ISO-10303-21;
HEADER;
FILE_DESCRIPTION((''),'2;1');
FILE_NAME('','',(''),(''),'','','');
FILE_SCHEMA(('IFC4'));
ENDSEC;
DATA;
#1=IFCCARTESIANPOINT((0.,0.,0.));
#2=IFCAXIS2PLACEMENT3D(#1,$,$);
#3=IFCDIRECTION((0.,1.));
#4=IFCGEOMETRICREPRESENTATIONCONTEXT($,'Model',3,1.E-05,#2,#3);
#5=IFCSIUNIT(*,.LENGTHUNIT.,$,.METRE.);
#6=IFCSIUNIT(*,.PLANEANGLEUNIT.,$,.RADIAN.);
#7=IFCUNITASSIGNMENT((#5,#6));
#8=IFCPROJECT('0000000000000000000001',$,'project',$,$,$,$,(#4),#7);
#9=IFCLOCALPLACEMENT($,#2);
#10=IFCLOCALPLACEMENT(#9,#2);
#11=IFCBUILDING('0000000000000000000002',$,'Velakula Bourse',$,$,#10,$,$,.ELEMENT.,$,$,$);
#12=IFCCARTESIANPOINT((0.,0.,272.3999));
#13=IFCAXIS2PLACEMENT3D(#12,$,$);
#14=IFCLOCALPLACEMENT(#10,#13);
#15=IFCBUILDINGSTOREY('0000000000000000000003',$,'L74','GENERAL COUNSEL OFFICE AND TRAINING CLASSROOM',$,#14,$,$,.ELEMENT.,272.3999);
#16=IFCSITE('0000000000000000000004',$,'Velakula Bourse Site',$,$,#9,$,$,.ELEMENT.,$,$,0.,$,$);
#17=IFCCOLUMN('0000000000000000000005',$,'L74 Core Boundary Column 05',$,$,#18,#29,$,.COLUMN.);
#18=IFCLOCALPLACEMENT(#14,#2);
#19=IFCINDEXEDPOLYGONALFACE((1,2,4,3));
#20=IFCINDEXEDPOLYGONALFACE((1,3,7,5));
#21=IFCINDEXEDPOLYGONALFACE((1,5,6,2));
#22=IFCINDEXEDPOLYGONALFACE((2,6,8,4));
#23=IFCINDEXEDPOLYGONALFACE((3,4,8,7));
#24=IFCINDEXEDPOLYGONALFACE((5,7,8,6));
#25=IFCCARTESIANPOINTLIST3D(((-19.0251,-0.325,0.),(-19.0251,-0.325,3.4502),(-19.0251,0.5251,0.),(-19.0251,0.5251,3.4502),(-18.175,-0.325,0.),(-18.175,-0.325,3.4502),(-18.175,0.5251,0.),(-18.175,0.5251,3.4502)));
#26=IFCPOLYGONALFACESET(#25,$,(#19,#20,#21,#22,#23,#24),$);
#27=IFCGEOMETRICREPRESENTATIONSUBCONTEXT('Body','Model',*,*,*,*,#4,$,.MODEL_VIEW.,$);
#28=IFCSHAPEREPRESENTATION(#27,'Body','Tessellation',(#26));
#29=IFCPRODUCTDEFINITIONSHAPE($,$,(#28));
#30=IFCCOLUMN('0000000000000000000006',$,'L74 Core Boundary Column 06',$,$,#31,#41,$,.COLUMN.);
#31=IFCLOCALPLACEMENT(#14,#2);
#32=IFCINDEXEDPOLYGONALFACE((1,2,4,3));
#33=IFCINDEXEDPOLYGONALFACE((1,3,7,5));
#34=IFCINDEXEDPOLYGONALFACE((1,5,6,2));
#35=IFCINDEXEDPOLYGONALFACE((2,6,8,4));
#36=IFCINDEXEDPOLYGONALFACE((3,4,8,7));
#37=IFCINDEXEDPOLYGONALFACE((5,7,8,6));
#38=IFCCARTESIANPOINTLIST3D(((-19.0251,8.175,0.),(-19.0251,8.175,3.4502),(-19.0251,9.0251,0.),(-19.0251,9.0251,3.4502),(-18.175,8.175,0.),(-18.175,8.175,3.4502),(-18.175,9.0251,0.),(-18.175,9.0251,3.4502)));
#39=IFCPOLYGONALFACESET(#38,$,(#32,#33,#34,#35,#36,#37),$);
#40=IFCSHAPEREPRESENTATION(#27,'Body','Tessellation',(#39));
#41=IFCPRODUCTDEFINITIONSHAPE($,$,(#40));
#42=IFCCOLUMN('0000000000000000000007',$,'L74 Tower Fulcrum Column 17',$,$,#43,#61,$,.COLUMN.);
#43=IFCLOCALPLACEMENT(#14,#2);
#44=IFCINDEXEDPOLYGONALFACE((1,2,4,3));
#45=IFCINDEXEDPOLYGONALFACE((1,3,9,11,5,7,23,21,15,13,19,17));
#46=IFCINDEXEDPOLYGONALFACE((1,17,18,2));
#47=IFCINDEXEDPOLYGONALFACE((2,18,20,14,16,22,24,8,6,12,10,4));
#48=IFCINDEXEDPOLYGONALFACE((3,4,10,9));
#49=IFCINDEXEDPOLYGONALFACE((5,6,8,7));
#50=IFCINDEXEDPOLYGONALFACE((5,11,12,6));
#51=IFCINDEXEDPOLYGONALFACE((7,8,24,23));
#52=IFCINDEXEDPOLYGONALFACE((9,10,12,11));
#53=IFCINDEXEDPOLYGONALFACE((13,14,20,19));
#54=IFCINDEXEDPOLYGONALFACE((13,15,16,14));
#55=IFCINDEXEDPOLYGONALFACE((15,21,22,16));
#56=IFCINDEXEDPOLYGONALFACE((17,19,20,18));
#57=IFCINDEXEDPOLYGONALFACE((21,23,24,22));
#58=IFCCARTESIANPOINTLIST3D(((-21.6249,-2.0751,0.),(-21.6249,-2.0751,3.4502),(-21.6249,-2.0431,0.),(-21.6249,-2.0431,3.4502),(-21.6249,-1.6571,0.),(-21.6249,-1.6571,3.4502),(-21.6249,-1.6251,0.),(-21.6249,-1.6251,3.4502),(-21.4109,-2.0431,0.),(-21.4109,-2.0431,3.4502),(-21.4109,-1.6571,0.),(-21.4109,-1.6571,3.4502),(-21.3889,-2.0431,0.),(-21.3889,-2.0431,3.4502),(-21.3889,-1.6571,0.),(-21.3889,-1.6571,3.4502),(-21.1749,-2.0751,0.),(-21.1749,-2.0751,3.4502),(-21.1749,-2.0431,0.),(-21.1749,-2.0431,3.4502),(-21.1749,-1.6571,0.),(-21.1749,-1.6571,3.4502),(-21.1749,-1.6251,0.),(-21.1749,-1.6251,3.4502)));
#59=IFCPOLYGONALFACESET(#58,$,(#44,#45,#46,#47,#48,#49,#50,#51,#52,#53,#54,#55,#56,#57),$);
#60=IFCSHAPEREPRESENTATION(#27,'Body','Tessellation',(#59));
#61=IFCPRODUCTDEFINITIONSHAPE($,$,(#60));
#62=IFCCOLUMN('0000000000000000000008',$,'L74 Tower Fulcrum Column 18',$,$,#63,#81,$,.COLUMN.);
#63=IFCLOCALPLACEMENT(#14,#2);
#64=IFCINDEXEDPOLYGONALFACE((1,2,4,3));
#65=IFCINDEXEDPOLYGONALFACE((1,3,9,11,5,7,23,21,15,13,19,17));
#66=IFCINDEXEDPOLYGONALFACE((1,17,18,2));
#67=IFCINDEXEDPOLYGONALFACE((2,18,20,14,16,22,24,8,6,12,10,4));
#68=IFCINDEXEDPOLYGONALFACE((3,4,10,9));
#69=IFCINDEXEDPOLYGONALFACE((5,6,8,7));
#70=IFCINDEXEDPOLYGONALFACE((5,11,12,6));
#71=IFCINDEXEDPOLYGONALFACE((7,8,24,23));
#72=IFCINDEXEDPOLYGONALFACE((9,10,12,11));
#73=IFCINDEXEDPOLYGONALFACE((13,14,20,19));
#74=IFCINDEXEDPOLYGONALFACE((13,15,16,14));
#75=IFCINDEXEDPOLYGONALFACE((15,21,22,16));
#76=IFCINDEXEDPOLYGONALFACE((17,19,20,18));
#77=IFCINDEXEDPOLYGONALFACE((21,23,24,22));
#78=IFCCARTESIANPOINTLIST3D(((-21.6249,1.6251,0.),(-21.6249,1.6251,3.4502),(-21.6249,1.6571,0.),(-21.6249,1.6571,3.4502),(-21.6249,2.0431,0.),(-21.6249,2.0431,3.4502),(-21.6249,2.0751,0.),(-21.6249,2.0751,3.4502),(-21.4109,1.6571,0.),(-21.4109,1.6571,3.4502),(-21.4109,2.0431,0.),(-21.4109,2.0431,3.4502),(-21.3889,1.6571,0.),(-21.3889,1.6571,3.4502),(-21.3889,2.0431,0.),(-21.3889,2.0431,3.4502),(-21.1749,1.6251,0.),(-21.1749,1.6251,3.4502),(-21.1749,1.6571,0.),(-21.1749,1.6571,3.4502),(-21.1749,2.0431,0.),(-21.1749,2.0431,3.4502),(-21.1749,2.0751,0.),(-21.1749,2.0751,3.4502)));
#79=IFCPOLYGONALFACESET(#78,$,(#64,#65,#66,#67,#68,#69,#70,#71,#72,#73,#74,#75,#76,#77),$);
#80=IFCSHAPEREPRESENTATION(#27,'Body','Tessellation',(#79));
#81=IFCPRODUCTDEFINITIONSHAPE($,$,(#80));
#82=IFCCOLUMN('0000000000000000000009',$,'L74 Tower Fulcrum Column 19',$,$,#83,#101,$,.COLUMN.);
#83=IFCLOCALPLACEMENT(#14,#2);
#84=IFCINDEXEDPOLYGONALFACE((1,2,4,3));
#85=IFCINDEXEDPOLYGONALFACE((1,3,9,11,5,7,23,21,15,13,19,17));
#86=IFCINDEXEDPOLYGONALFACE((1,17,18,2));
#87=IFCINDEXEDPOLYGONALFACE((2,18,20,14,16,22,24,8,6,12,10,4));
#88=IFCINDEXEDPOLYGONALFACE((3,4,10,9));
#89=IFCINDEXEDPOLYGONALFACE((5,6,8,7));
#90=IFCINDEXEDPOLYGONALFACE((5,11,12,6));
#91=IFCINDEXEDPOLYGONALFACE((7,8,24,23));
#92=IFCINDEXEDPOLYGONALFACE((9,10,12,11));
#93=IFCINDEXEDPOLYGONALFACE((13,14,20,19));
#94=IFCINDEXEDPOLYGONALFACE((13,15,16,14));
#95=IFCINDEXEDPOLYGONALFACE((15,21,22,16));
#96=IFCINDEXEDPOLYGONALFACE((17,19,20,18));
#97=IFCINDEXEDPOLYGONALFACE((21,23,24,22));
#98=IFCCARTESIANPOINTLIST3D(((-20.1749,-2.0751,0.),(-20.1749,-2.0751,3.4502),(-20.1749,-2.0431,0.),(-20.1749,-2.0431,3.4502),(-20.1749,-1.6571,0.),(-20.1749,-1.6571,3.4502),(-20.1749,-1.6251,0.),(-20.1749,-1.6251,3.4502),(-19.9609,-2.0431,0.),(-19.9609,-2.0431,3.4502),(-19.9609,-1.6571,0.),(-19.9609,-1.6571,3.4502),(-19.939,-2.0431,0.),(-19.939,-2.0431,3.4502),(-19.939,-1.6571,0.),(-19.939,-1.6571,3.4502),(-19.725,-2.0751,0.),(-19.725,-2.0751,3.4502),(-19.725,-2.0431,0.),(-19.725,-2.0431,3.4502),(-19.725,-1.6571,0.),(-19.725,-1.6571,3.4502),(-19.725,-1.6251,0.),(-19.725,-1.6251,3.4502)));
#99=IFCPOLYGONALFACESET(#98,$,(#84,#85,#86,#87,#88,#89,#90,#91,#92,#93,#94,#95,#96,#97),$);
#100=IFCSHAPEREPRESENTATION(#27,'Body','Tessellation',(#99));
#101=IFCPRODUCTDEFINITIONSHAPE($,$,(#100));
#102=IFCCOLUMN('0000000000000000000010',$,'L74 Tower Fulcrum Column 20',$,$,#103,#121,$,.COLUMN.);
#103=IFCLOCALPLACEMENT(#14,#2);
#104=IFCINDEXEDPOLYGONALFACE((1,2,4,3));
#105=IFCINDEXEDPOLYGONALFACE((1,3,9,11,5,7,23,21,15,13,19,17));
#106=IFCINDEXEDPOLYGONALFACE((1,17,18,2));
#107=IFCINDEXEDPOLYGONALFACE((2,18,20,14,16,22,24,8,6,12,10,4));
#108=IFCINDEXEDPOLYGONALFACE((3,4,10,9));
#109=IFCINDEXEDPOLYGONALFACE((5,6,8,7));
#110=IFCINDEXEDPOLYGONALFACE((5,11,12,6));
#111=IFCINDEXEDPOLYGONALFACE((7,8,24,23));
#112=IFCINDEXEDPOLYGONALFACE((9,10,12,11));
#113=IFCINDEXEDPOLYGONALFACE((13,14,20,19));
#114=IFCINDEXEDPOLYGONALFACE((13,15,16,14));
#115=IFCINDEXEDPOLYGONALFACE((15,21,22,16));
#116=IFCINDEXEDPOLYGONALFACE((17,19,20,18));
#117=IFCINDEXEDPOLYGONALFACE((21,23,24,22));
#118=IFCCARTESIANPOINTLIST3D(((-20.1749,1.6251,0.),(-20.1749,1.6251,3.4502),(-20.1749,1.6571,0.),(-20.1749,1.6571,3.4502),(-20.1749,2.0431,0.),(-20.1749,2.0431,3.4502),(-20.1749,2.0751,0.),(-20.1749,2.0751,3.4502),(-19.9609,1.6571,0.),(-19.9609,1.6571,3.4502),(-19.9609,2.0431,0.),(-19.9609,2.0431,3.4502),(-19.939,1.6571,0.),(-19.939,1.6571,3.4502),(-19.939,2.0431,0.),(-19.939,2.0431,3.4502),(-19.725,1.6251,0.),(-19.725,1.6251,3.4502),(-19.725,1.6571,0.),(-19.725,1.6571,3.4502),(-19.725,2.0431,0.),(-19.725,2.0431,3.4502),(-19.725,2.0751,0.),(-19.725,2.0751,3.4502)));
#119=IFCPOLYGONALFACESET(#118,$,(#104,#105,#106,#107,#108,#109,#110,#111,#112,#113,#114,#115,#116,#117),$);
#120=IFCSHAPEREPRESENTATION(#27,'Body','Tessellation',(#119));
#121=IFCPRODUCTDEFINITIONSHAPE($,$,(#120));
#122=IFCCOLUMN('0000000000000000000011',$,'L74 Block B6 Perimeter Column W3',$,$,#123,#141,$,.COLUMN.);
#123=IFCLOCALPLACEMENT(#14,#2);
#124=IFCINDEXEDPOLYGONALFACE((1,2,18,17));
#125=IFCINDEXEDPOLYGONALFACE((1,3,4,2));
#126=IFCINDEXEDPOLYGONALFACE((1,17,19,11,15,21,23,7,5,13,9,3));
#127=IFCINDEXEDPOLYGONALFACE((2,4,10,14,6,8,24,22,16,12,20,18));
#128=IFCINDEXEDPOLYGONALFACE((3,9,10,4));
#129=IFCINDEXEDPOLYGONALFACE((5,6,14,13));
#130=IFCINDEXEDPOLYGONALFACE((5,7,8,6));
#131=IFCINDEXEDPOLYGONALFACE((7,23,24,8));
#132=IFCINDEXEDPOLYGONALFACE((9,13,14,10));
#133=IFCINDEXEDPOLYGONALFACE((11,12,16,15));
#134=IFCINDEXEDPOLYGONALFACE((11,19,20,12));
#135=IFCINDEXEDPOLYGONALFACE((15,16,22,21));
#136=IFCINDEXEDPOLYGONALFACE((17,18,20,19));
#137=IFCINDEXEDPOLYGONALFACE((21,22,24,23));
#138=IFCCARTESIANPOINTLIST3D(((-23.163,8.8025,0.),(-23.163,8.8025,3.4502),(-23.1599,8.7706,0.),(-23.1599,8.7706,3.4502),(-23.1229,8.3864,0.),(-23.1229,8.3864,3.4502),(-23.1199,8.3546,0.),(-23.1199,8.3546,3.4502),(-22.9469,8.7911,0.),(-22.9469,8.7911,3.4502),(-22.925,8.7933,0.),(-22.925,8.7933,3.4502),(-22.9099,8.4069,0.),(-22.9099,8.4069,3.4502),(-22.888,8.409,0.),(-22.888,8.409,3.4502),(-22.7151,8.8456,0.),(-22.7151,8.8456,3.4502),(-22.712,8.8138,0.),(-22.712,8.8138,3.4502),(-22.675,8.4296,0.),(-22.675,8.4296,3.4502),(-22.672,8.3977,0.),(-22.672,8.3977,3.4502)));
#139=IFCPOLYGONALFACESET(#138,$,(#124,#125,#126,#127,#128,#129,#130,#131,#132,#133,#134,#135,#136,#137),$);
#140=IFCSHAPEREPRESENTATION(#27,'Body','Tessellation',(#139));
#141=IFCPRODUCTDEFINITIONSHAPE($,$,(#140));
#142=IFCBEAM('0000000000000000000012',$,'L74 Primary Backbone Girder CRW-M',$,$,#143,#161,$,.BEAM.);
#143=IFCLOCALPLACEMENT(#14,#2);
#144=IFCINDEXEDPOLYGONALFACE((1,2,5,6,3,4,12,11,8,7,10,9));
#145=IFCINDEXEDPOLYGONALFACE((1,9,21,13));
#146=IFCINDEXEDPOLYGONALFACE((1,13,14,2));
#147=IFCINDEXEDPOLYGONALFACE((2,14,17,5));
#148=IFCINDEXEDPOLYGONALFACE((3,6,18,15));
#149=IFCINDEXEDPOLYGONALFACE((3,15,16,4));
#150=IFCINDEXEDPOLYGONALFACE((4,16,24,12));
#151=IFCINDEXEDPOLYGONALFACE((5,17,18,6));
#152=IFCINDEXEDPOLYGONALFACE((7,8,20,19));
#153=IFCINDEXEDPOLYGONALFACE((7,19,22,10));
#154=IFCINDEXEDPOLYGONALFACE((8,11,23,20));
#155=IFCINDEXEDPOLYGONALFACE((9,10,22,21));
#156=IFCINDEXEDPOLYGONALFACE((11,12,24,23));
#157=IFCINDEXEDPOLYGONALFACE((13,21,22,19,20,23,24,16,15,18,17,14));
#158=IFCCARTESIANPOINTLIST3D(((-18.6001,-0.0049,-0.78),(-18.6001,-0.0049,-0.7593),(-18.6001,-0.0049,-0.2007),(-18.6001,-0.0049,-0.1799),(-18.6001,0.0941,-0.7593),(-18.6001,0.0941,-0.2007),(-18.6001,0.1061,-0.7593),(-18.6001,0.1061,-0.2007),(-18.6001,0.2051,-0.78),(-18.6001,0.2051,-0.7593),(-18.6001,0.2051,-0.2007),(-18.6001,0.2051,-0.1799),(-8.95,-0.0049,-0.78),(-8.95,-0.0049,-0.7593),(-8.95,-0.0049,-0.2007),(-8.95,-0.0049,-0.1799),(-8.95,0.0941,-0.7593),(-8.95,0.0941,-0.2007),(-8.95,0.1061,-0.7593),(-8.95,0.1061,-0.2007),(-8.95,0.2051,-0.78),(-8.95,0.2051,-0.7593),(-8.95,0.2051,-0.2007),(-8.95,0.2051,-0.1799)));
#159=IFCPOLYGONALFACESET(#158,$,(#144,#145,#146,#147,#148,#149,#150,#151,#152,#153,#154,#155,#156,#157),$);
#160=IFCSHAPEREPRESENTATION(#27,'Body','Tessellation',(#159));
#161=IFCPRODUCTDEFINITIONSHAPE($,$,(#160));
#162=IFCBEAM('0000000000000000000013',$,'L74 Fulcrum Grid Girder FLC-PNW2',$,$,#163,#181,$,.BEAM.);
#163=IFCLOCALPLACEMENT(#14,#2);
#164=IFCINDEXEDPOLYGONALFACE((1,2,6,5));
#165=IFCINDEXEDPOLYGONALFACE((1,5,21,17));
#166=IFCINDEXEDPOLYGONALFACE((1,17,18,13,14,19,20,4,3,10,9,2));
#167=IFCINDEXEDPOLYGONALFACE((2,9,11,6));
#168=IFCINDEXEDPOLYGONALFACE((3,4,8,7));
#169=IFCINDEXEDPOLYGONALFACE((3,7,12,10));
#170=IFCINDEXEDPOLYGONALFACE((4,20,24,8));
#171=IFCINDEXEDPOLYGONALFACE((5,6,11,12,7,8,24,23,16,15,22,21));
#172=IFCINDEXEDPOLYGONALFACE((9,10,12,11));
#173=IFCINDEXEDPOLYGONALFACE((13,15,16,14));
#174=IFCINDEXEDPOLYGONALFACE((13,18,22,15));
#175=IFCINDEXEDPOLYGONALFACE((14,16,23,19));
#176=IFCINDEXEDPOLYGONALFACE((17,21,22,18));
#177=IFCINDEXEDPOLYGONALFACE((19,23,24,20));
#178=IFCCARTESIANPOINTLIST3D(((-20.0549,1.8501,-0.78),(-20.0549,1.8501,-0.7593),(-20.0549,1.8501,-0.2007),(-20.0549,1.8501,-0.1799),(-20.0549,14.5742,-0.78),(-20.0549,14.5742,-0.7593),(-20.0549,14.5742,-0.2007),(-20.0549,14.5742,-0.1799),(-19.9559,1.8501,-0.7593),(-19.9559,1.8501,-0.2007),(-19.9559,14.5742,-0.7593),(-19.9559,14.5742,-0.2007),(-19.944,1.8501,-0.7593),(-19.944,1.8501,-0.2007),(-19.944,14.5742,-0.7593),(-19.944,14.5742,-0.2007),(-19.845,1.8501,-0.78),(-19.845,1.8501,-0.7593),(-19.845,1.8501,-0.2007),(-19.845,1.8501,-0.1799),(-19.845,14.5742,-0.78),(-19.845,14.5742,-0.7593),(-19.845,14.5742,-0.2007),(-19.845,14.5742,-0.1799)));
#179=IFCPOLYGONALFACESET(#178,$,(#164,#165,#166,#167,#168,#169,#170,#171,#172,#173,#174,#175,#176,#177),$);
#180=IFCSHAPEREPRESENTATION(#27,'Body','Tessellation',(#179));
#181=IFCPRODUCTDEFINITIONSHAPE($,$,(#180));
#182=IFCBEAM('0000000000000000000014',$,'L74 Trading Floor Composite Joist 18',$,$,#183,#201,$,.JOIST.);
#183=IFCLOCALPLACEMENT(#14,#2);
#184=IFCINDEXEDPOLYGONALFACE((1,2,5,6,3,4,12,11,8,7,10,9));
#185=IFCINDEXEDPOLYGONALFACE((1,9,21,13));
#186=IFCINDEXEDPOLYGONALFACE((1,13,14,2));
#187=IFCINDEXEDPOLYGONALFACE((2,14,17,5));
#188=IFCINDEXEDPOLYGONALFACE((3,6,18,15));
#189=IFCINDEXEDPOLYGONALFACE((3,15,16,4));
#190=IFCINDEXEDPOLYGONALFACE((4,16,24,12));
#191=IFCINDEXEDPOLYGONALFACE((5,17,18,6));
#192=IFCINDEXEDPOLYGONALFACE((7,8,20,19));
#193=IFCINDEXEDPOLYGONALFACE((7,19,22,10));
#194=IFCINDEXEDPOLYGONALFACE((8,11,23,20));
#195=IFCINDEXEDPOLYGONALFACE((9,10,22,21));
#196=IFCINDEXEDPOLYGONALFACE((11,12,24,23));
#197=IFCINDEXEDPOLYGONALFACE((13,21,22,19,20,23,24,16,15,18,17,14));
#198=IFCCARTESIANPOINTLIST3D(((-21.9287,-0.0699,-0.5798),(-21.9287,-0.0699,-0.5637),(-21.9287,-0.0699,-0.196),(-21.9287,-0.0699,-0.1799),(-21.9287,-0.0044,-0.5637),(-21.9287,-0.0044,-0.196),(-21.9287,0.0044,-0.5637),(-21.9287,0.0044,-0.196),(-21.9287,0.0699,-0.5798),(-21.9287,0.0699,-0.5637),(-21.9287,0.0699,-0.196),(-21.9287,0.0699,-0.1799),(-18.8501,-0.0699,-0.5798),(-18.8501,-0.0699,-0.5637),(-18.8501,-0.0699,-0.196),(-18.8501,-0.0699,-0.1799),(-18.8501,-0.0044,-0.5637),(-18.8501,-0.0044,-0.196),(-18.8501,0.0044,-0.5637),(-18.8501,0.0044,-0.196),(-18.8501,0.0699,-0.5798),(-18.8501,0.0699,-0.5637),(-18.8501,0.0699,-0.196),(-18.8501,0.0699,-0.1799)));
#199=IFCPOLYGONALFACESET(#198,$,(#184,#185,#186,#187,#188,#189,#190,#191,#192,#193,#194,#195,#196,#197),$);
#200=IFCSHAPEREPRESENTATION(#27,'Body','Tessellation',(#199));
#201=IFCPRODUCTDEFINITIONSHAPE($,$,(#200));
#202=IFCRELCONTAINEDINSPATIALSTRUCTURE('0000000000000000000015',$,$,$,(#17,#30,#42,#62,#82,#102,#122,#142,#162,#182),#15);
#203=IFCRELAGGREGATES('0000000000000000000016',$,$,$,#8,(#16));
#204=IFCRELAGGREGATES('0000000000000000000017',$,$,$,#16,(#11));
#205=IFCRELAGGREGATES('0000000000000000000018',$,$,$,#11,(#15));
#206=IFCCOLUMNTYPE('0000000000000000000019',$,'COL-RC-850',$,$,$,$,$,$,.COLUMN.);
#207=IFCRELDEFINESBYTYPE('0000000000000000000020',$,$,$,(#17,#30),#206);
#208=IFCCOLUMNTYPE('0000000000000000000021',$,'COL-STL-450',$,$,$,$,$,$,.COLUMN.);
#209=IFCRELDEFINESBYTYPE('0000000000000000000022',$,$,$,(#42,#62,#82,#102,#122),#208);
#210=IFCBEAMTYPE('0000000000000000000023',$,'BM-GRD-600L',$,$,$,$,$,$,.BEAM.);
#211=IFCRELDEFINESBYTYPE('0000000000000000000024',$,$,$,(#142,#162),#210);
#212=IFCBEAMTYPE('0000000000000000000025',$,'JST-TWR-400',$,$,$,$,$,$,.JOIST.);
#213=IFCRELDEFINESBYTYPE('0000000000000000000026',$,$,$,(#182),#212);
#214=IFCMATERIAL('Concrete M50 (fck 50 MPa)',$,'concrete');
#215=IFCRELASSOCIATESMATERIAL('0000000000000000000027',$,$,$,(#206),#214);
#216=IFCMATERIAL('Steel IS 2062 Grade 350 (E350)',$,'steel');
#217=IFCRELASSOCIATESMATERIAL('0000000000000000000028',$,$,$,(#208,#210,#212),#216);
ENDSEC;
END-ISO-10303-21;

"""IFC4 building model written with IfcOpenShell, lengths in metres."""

from ifc_helpers import new_model, si_unit, direction, frame, origin, origin_2d, place, context, subcontext, project, spatial, rectangle, i_section, extrude, material, material_profile, profile_set, type_object, element, save


model = new_model("IFC4")

# Units and contexts
model_context = context("Model", 3, precision=1e-05, world=origin(), true_north=direction((0.0, 1.0)))
body_context = subcontext(model_context, "Body", "Model", "MODEL_VIEW")
ifc_project = project(units=[si_unit("LENGTHUNIT", "METRE"), si_unit("PLANEANGLEUNIT", "RADIAN")], contexts=[model_context])

# Site, building, storey
site_placement = place(None, origin())
site = spatial("IfcSite", under=ifc_project, at=site_placement, Name="Velakula Bourse Site", CompositionType="ELEMENT", RefElevation=0.0)
building_placement = place(site_placement, origin())
building = spatial("IfcBuilding", under=site, at=building_placement, Name="Velakula Bourse", CompositionType="ELEMENT")
storey_placement = place(building_placement, frame((0.0, 0.0, 272.3999)))
storey = spatial("IfcBuildingStorey", under=building, at=storey_placement, Name="L74", Description="GENERAL COUNSEL OFFICE AND TRAINING CLASSROOM", CompositionType="ELEMENT", Elevation=272.3999)

# Columns
ifc_material_1 = material(Name="Concrete M50 (fck 50 MPa)", Category="concrete")
ifc_material_profile_1 = material_profile(ifc_material_1, rectangle(XDim=0.8501, YDim=0.8501, at=origin_2d()), Name="Concrete M50 (fck 50 MPa)")
ifc_profile_set_1 = profile_set([ifc_material_profile_1], Name="Concrete M50 (fck 50 MPa)")
column_type_1 = type_object("IfcColumnType", Name="COL-RC-850", PredefinedType="COLUMN", material=ifc_profile_set_1)
for number, where, z_axis, x_axis, name in (
    (1, (-18.6001, 0.1001, 0.0), (0.0, 0.0, 1.0), (1.0, 0.0, 0.0), "L74 Core Boundary Column 05"),
    (2, (-18.6001, 8.6001, 0.0), (0.0, 0.0, 1.0), (1.0, 0.0, 0.0), "L74 Core Boundary Column 06"),
):
    element("IfcColumn", number, at=place(storey_placement, frame(where, z_axis=z_axis, x_axis=x_axis)), inside=storey, type_object=column_type_1, Name=name, PredefinedType="COLUMN", context=body_context, shape_type="SweptSolid", body=[
        extrude(rectangle(XDim=0.8501, YDim=0.8501, at=origin_2d()), origin(), (0.0, 0.0, 1.0), 3.4502),
    ])
ifc_material_2 = material(Name="Steel IS 2062 Grade 350 (E350)", Category="steel")
ifc_material_profile_2 = material_profile(ifc_material_2, i_section(OverallWidth=0.45, OverallDepth=0.45, WebThickness=0.022, FlangeThickness=0.032, at=origin_2d()), Name="Steel IS 2062 Grade 350 (E350)")
ifc_profile_set_2 = profile_set([ifc_material_profile_2], Name="Steel IS 2062 Grade 350 (E350)")
column_type_2 = type_object("IfcColumnType", Name="COL-STL-450", PredefinedType="COLUMN", material=ifc_profile_set_2)
for number, where, z_axis, x_axis, name in (
    (3, (-21.3999, -1.8501, 0.0), (0.0, 0.0, 1.0), (1.0, 0.0, 0.0), "L74 Tower Fulcrum Column 17"),
    (4, (-21.3999, 1.8501, 0.0), (0.0, 0.0, 1.0), (1.0, 0.0, 0.0), "L74 Tower Fulcrum Column 18"),
    (5, (-19.95, -1.8501, 0.0), (0.0, 0.0, 1.0), (1.0, 0.0, 0.0), "L74 Tower Fulcrum Column 19"),
    (6, (-19.95, 1.8501, 0.0), (0.0, 0.0, 1.0), (1.0, 0.0, 0.0), "L74 Tower Fulcrum Column 20"),
    (7, (-22.9175, 8.6001, 0.0), (0.0, 0.0, 1.0), (0.995396, 0.095846, 0.0), "L74 Block B6 Perimeter Column W3"),
):
    element("IfcColumn", number, at=place(storey_placement, frame(where, z_axis=z_axis, x_axis=x_axis)), inside=storey, type_object=column_type_2, Name=name, PredefinedType="COLUMN", context=body_context, shape_type="SweptSolid", body=[
        extrude(i_section(OverallWidth=0.45, OverallDepth=0.45, WebThickness=0.022, FlangeThickness=0.032, at=origin_2d()), origin(), (0.0, 0.0, 1.0), 3.4502),
    ])

# Beams
ifc_material_profile_3 = material_profile(ifc_material_2, i_section(OverallWidth=0.21, OverallDepth=0.6001, WebThickness=0.012, FlangeThickness=0.0208, at=origin_2d()), Name="Steel IS 2062 Grade 350 (E350)")
ifc_profile_set_3 = profile_set([ifc_material_profile_3], Name="Steel IS 2062 Grade 350 (E350)")
beam_type_1 = type_object("IfcBeamType", Name="BM-GRD-600L", PredefinedType="BEAM", material=ifc_profile_set_3)
beam_1_placement = place(storey_placement, frame((-18.6001, 0.1001, -0.48), z_axis=(1.0, 0.0, 0.0), x_axis=(0.0, 1.0, 0.0)))
element("IfcBeam", 8, at=beam_1_placement, inside=storey, type_object=beam_type_1, Name="L74 Primary Backbone Girder CRW-M", PredefinedType="BEAM", context=body_context, shape_type="SweptSolid", body=[
    extrude(i_section(OverallWidth=0.21, OverallDepth=0.6001, WebThickness=0.012, FlangeThickness=0.0208, at=origin_2d()), origin(), (0.0, 0.0, 1.0), 9.6501),
])
beam_2_placement = place(storey_placement, frame((-19.95, 1.8501, -0.48), z_axis=(0.0, 1.0, 0.0), x_axis=(-1.0, 0.0, 0.0)))
element("IfcBeam", 9, at=beam_2_placement, inside=storey, type_object=beam_type_1, Name="L74 Fulcrum Grid Girder FLC-PNW2", PredefinedType="BEAM", context=body_context, shape_type="SweptSolid", body=[
    extrude(i_section(OverallWidth=0.21, OverallDepth=0.6001, WebThickness=0.012, FlangeThickness=0.0208, at=origin_2d()), origin(), (0.0, 0.0, 1.0), 12.7241),
])
ifc_material_profile_4 = material_profile(ifc_material_2, i_section(OverallWidth=0.1399, OverallDepth=0.3999, WebThickness=0.0088, FlangeThickness=0.0161, at=origin_2d()), Name="Steel IS 2062 Grade 350 (E350)")
ifc_profile_set_4 = profile_set([ifc_material_profile_4], Name="Steel IS 2062 Grade 350 (E350)")
beam_type_2 = type_object("IfcBeamType", Name="JST-TWR-400", PredefinedType="JOIST", material=ifc_profile_set_4)
beam_3_placement = place(storey_placement, frame((-21.9287, 0.0, -0.3799), z_axis=(1.0, 0.0, 0.0), x_axis=(0.0, 1.0, 0.0)))
element("IfcBeam", 10, at=beam_3_placement, inside=storey, type_object=beam_type_2, Name="L74 Trading Floor Composite Joist 18", PredefinedType="JOIST", context=body_context, shape_type="SweptSolid", body=[
    extrude(i_section(OverallWidth=0.1399, OverallDepth=0.3999, WebThickness=0.0088, FlangeThickness=0.0161, at=origin_2d()), origin(), (0.0, 0.0, 1.0), 3.0786),
])

save(model, "model.ifc")
